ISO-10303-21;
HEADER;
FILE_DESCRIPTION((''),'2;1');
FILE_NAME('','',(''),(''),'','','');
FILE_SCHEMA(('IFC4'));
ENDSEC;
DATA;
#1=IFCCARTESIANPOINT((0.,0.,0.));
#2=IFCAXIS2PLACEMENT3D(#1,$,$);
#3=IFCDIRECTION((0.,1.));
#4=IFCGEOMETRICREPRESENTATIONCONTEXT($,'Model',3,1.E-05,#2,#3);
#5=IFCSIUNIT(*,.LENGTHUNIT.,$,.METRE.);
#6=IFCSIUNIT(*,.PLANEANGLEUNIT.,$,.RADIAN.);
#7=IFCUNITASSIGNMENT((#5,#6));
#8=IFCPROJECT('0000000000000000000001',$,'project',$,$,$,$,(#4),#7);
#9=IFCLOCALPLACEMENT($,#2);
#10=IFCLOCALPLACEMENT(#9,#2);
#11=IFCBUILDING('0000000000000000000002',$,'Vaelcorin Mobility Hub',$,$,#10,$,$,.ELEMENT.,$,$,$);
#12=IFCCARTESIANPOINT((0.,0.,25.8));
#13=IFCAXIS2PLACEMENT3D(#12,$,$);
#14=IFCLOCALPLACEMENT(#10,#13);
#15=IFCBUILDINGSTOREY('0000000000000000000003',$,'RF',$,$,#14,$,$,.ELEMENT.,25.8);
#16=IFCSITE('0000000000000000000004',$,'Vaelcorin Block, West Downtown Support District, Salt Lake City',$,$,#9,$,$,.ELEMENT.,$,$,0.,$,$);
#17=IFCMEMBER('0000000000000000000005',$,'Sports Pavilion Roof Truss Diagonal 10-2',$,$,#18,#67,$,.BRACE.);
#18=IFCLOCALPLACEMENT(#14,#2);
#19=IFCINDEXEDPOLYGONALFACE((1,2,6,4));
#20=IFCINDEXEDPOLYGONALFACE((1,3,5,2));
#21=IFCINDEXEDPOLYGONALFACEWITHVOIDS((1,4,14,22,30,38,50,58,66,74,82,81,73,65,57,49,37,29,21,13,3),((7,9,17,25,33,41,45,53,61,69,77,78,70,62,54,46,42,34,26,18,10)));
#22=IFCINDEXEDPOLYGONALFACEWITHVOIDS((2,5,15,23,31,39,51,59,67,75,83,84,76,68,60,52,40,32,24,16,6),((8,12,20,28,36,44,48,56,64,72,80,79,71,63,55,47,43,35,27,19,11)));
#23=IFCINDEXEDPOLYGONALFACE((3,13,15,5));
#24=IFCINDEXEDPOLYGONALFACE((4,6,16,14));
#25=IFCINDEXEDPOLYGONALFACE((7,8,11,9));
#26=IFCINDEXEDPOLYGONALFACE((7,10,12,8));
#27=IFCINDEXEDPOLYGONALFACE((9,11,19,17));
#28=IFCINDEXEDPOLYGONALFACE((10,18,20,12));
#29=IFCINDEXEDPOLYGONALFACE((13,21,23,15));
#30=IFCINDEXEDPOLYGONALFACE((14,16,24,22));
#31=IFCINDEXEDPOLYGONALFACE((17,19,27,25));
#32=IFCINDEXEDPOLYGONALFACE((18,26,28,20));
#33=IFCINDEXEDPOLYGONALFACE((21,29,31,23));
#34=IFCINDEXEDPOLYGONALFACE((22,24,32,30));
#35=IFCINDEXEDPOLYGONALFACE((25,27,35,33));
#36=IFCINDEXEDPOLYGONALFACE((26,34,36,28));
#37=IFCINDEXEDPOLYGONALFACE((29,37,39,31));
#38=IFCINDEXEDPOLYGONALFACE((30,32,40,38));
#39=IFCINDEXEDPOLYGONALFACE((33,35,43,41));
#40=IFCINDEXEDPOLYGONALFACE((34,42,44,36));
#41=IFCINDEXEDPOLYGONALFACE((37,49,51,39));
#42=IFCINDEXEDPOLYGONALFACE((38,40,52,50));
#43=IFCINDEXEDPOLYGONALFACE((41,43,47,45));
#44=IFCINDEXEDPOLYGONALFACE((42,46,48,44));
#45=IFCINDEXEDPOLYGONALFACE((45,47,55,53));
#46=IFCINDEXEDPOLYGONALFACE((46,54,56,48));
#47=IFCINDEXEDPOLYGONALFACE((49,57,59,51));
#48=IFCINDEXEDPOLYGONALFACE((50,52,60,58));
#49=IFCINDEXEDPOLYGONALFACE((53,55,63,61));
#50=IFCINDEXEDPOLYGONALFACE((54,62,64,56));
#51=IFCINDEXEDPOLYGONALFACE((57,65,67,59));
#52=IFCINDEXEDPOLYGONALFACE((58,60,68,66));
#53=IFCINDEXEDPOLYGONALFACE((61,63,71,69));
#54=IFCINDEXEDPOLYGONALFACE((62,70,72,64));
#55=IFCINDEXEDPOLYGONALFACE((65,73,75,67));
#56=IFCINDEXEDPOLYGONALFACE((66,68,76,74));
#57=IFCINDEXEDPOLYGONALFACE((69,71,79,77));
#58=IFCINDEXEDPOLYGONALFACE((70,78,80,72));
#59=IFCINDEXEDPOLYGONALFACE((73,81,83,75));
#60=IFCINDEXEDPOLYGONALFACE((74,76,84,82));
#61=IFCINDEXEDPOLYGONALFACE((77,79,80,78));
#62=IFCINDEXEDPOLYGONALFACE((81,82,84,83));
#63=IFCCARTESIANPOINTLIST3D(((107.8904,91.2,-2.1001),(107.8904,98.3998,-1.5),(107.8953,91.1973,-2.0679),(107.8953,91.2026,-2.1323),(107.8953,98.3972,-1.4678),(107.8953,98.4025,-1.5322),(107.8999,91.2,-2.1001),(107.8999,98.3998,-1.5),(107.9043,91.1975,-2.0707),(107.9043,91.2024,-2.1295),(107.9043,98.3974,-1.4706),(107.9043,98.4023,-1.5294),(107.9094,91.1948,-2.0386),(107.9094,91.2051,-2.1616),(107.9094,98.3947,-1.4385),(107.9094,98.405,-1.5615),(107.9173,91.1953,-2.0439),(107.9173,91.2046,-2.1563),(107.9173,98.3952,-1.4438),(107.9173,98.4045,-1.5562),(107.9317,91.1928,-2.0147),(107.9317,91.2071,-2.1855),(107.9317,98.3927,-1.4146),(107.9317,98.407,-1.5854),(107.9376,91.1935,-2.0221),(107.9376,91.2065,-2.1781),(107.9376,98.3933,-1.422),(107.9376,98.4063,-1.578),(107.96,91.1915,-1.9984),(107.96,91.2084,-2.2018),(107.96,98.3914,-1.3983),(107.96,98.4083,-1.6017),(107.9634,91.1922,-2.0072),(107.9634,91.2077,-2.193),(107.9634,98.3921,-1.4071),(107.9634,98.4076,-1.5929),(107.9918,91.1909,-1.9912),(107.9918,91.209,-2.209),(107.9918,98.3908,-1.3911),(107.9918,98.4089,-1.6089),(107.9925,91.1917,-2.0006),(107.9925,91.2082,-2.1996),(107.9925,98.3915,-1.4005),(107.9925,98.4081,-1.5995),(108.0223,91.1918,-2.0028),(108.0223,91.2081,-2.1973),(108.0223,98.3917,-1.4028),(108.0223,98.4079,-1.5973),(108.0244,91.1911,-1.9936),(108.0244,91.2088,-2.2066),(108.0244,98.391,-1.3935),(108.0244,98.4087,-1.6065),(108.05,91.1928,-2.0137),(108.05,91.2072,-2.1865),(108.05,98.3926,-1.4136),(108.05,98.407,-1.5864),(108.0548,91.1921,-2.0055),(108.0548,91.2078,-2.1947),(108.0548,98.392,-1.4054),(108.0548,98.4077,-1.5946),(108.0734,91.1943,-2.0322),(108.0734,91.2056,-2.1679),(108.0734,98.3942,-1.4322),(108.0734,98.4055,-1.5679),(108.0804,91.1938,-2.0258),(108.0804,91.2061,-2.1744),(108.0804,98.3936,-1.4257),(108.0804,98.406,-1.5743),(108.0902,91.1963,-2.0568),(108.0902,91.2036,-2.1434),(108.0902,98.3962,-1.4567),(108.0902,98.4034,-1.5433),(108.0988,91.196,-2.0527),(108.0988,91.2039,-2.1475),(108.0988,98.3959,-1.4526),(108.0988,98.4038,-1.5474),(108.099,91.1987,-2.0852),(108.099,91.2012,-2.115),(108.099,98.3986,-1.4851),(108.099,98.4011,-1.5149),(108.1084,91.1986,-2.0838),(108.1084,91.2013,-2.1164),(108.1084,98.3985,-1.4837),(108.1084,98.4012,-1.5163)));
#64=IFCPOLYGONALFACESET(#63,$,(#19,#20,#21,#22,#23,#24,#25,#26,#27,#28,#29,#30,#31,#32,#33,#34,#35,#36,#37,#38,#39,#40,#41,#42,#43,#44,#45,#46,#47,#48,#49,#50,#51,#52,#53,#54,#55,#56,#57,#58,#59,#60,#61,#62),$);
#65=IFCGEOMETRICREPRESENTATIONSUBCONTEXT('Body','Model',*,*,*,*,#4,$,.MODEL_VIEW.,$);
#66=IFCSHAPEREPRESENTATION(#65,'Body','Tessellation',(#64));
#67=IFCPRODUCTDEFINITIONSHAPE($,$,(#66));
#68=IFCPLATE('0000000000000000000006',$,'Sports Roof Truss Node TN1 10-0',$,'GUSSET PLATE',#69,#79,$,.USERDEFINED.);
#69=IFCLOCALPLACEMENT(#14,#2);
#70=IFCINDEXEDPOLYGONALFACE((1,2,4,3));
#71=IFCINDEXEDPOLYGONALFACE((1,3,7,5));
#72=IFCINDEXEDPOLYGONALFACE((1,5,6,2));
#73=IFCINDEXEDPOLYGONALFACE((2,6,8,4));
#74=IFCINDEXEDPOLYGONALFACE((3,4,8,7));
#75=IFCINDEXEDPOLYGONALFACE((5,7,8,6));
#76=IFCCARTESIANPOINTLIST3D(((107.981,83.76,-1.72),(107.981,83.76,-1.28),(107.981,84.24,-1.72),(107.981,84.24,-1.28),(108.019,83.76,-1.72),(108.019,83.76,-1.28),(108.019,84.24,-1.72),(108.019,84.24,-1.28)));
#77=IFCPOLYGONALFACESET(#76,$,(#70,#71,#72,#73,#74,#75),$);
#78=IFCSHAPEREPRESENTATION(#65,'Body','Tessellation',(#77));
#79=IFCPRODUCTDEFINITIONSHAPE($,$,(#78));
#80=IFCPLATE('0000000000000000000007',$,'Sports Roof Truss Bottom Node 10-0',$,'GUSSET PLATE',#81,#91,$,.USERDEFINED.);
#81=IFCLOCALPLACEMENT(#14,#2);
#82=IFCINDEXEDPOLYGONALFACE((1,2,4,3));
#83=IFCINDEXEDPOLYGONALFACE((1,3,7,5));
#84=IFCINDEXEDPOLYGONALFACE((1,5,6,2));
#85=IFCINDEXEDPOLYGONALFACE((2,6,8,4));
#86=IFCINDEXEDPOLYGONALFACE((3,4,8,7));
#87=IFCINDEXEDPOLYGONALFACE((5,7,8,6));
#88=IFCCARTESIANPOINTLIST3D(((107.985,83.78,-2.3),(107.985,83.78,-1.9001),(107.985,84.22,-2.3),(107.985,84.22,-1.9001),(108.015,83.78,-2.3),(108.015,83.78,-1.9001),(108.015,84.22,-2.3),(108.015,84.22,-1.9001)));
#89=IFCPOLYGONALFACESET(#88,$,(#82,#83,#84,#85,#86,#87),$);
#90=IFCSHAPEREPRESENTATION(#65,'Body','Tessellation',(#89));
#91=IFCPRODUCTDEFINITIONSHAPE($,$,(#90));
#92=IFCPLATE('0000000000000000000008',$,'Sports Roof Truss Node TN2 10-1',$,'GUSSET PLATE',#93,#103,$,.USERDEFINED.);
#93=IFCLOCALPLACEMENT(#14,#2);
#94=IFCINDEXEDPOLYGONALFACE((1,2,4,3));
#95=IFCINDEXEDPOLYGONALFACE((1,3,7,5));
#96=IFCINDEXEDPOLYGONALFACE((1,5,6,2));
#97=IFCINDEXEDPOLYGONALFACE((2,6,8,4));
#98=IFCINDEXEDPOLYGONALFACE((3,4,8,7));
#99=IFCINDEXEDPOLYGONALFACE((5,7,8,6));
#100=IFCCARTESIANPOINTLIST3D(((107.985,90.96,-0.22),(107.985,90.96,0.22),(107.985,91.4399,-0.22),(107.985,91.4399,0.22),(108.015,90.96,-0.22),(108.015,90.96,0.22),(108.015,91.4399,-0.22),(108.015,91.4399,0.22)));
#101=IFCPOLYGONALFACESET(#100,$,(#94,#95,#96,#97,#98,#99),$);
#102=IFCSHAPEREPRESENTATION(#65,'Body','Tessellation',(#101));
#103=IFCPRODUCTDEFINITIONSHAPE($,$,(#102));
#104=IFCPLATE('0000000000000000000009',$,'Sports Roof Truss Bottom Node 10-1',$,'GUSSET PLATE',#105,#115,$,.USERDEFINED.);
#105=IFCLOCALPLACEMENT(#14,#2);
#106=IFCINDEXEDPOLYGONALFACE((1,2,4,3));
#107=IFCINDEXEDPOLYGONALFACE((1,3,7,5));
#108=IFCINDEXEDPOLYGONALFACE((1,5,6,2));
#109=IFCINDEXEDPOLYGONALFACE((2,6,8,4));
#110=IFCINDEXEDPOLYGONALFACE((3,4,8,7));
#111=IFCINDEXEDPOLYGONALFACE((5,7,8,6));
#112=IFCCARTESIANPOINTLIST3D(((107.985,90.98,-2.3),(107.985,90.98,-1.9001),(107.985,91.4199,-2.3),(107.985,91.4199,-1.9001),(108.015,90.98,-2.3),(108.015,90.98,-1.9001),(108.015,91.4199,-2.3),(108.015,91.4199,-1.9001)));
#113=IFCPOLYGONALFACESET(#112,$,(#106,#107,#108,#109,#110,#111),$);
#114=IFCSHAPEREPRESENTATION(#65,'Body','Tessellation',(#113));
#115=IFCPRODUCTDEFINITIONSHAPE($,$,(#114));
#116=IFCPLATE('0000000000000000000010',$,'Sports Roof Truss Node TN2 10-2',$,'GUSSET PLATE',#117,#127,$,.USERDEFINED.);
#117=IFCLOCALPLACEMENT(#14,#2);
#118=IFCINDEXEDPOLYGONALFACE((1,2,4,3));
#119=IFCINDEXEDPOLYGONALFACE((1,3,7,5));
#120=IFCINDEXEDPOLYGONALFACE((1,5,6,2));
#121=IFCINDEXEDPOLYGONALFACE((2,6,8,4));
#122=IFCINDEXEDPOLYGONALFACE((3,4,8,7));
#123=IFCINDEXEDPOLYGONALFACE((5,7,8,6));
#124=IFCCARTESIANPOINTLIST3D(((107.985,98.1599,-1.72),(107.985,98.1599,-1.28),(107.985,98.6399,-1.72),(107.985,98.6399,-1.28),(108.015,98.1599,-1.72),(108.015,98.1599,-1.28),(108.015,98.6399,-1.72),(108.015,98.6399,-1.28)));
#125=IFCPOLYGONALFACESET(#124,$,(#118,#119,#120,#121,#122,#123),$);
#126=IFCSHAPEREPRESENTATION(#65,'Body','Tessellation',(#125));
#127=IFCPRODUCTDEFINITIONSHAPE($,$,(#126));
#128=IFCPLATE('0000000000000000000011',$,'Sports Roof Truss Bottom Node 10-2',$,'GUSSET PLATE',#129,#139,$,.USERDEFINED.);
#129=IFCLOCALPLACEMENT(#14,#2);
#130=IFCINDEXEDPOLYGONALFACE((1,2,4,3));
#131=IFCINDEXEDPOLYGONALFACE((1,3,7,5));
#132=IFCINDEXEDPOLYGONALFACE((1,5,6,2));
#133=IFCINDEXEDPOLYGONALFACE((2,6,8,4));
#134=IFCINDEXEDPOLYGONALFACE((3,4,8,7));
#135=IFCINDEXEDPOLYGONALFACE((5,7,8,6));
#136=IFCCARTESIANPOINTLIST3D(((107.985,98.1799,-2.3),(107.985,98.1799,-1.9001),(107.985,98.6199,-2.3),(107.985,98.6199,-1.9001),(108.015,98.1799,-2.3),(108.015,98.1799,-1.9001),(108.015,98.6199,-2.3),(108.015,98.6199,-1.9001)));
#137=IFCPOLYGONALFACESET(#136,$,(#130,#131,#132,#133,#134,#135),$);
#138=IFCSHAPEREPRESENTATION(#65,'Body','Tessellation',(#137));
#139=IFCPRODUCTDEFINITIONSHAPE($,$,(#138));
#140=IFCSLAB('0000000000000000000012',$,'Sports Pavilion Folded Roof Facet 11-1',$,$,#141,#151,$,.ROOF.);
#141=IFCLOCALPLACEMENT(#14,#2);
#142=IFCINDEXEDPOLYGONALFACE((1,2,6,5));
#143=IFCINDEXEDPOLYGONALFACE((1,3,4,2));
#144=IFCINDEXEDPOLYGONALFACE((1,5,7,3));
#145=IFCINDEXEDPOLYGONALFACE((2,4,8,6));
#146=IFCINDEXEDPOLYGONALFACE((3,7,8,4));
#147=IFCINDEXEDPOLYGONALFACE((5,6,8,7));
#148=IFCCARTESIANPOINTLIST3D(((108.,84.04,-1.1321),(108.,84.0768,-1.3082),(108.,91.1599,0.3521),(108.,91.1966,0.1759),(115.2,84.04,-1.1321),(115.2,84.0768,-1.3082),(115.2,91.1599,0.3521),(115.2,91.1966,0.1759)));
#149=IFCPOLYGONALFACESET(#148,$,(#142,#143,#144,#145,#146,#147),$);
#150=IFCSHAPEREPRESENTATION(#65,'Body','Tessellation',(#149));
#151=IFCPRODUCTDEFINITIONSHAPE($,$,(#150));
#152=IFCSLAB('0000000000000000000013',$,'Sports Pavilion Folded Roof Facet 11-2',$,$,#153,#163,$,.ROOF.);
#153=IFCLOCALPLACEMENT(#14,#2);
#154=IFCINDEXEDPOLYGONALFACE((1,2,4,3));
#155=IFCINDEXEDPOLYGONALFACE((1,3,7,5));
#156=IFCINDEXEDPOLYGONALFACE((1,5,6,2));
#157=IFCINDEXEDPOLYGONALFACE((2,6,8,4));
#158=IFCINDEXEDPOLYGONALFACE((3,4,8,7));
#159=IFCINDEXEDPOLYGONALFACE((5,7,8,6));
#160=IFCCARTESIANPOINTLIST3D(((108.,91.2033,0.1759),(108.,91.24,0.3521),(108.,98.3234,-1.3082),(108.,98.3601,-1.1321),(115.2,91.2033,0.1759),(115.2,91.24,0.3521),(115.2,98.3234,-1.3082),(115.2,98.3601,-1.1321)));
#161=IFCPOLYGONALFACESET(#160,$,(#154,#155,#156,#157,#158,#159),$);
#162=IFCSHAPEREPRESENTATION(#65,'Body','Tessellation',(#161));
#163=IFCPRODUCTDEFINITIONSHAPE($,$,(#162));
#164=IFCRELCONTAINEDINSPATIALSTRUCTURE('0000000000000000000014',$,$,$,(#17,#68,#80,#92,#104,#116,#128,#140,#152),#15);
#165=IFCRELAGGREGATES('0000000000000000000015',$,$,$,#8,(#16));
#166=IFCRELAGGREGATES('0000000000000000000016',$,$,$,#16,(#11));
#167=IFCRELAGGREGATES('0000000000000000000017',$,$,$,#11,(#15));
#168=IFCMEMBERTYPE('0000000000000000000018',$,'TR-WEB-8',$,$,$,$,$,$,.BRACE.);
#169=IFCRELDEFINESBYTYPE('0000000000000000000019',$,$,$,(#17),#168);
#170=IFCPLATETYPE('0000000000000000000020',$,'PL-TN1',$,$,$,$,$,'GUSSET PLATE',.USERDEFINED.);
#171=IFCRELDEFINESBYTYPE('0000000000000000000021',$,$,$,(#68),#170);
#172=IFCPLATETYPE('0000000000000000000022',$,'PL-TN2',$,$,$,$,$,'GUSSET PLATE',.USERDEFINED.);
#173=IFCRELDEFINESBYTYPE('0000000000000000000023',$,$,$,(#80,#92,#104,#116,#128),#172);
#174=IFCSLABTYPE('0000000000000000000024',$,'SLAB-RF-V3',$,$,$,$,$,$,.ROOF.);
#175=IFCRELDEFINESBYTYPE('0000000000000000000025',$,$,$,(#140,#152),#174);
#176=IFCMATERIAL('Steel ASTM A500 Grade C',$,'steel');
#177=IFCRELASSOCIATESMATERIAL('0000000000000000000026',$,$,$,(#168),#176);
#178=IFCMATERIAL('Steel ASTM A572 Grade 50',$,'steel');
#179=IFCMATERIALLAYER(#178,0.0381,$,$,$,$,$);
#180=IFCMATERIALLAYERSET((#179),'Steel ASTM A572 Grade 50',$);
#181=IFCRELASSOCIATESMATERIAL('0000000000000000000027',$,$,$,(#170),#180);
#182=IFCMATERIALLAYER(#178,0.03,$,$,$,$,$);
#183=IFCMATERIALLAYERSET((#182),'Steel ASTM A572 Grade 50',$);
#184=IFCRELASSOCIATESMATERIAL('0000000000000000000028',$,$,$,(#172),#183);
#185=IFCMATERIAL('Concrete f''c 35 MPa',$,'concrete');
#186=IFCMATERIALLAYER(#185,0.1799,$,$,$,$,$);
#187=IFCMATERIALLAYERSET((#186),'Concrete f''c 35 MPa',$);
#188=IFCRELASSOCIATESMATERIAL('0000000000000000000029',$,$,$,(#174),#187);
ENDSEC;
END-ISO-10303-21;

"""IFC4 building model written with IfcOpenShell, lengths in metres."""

from ifc_helpers import new_model, si_unit, direction, frame, origin, origin_2d, place, context, subcontext, project, spatial, polyline, rectangle, hollow_circle, outline, extrude, material, layer, layer_set, material_profile, profile_set, type_object, element, save


model = new_model("IFC4")

# Units and contexts
model_context = context("Model", 3, precision=1e-05, world=origin(), true_north=direction((0.0, 1.0)))
body_context = subcontext(model_context, "Body", "Model", "MODEL_VIEW")
ifc_project = project(units=[si_unit("LENGTHUNIT", "METRE"), si_unit("PLANEANGLEUNIT", "RADIAN")], contexts=[model_context])

# Site, building, storey
site_placement = place(None, origin())
site = spatial("IfcSite", under=ifc_project, at=site_placement, Name="Vaelcorin Block, West Downtown Support District, Salt Lake City", CompositionType="ELEMENT", RefElevation=0.0)
building_placement = place(site_placement, origin())
building = spatial("IfcBuilding", under=site, at=building_placement, Name="Vaelcorin Mobility Hub", CompositionType="ELEMENT")
storey_placement = place(building_placement, frame((0.0, 0.0, 25.8)))
storey = spatial("IfcBuildingStorey", under=building, at=storey_placement, Name="RF", CompositionType="ELEMENT", Elevation=25.8)

# Shared definitions
ifc_material_1 = material(Name="Steel ASTM A500 Grade C", Category="steel")

# Member
ifc_material_profile_1 = material_profile(ifc_material_1, hollow_circle(Radius=0.1096, WallThickness=0.0095, at=origin_2d()), Name="HSS8.625X0.375")
ifc_profile_set_1 = profile_set([ifc_material_profile_1], Name="Steel ASTM A500 Grade C")
member_type_1 = type_object("IfcMemberType", Name="TR-WEB-8", PredefinedType="BRACE", material=ifc_profile_set_1)
member_1_placement = place(storey_placement, frame((108.0, 91.2, -2.1001), z_axis=(0.0, 0.996545, 0.083059), x_axis=(-1.0, 0.0, 0.0)))
element("IfcMember", 1, at=member_1_placement, inside=storey, type_object=member_type_1, Name="Sports Pavilion Roof Truss Diagonal 10-2", PredefinedType="BRACE", context=body_context, shape_type="SweptSolid", body=[
    extrude(hollow_circle(Radius=0.1096, WallThickness=0.0095, at=origin_2d()), origin(), (0.0, 0.0, 1.0), 7.2249),
])

# Plates
ifc_material_2 = material(Name="Steel ASTM A572 Grade 50", Category="steel")
ifc_layer_1 = layer(ifc_material_2, 0.0381)
ifc_layer_set_1 = layer_set([ifc_layer_1], Name="Steel ASTM A572 Grade 50")
plate_type_1 = type_object("IfcPlateType", Name="PL-TN1", ElementType="GUSSET PLATE", PredefinedType="USERDEFINED", material=ifc_layer_set_1)
plate_1_placement = place(storey_placement, frame((108.0, 84.0, -1.72), z_axis=(0.0, 0.0, 1.0), x_axis=(1.0, 0.0, 0.0)))
element("IfcPlate", 2, at=plate_1_placement, inside=storey, type_object=plate_type_1, Name="Sports Roof Truss Node TN1 10-0", ObjectType="GUSSET PLATE", PredefinedType="USERDEFINED", context=body_context, shape_type="SweptSolid", body=[
    extrude(rectangle(XDim=0.0381, YDim=0.48, at=origin_2d()), origin(), (0.0, 0.0, 1.0), 0.4399),
])
ifc_layer_2 = layer(ifc_material_2, 0.03)
ifc_layer_set_2 = layer_set([ifc_layer_2], Name="Steel ASTM A572 Grade 50")
plate_type_2 = type_object("IfcPlateType", Name="PL-TN2", ElementType="GUSSET PLATE", PredefinedType="USERDEFINED", material=ifc_layer_set_2)
plate_2_placement = place(storey_placement, frame((108.0, 84.0, -2.3), z_axis=(0.0, 0.0, 1.0), x_axis=(1.0, 0.0, 0.0)))
element("IfcPlate", 3, at=plate_2_placement, inside=storey, type_object=plate_type_2, Name="Sports Roof Truss Bottom Node 10-0", ObjectType="GUSSET PLATE", PredefinedType="USERDEFINED", context=body_context, shape_type="SweptSolid", body=[
    extrude(rectangle(XDim=0.03, YDim=0.4399, at=origin_2d()), origin(), (0.0, 0.0, 1.0), 0.3999),
])
plate_3_placement = place(storey_placement, frame((108.0, 91.2, -0.22), z_axis=(0.0, 0.0, 1.0), x_axis=(1.0, 0.0, 0.0)))
element("IfcPlate", 4, at=plate_3_placement, inside=storey, type_object=plate_type_2, Name="Sports Roof Truss Node TN2 10-1", ObjectType="GUSSET PLATE", PredefinedType="USERDEFINED", context=body_context, shape_type="SweptSolid", body=[
    extrude(rectangle(XDim=0.03, YDim=0.48, at=origin_2d()), origin(), (0.0, 0.0, 1.0), 0.4399),
])
plate_4_placement = place(storey_placement, frame((108.0, 91.2, -2.3), z_axis=(0.0, 0.0, 1.0), x_axis=(1.0, 0.0, 0.0)))
element("IfcPlate", 5, at=plate_4_placement, inside=storey, type_object=plate_type_2, Name="Sports Roof Truss Bottom Node 10-1", ObjectType="GUSSET PLATE", PredefinedType="USERDEFINED", context=body_context, shape_type="SweptSolid", body=[
    extrude(rectangle(XDim=0.03, YDim=0.4399, at=origin_2d()), origin(), (0.0, 0.0, 1.0), 0.3999),
])
plate_5_placement = place(storey_placement, frame((108.0, 98.3999, -1.72), z_axis=(0.0, 0.0, 1.0), x_axis=(1.0, 0.0, 0.0)))
element("IfcPlate", 6, at=plate_5_placement, inside=storey, type_object=plate_type_2, Name="Sports Roof Truss Node TN2 10-2", ObjectType="GUSSET PLATE", PredefinedType="USERDEFINED", context=body_context, shape_type="SweptSolid", body=[
    extrude(rectangle(XDim=0.03, YDim=0.48, at=origin_2d()), origin(), (0.0, 0.0, 1.0), 0.4399),
])
plate_6_placement = place(storey_placement, frame((108.0, 98.3999, -2.3), z_axis=(0.0, 0.0, 1.0), x_axis=(1.0, 0.0, 0.0)))
element("IfcPlate", 7, at=plate_6_placement, inside=storey, type_object=plate_type_2, Name="Sports Roof Truss Bottom Node 10-2", ObjectType="GUSSET PLATE", PredefinedType="USERDEFINED", context=body_context, shape_type="SweptSolid", body=[
    extrude(rectangle(XDim=0.03, YDim=0.4399, at=origin_2d()), origin(), (0.0, 0.0, 1.0), 0.3999),
])

# Slabs
ifc_material_3 = material(Name="Concrete f'c 35 MPa", Category="concrete")
ifc_layer_3 = layer(ifc_material_3, 0.1799)
ifc_layer_set_3 = layer_set([ifc_layer_3], Name="Concrete f'c 35 MPa")
slab_type = type_object("IfcSlabType", Name="SLAB-RF-V3", PredefinedType="ROOF", material=ifc_layer_set_3)
slab_1_placement = place(storey_placement, frame((108.0, 84.04, -1.1321), z_axis=(0.0, -0.204063, 0.978958), x_axis=(1.0, 0.0, 0.0)))
element("IfcSlab", 8, at=slab_1_placement, inside=storey, type_object=slab_type, Name="Sports Pavilion Folded Roof Facet 11-1", PredefinedType="ROOF", context=body_context, shape_type="SweptSolid", body=[
    extrude(outline(polyline([(0.0, 0.0), (7.2, 0.0), (7.2, 7.2729), (0.0, 7.2729), (0.0, 0.0)])), origin(), (0.0, 0.0, -1.0), 0.1799),
])
slab_2_placement = place(storey_placement, frame((108.0, 91.24, 0.3521), z_axis=(0.0, 0.204056, 0.978959), x_axis=(1.0, 0.0, 0.0)))
element("IfcSlab", 9, at=slab_2_placement, inside=storey, type_object=slab_type, Name="Sports Pavilion Folded Roof Facet 11-2", PredefinedType="ROOF", context=body_context, shape_type="SweptSolid", body=[
    extrude(outline(polyline([(0.0, 0.0), (7.2, 0.0), (7.2, 7.2732), (0.0, 7.2732), (0.0, 0.0)])), origin(), (0.0, 0.0, -1.0), 0.1799),
])

save(model, "model.ifc")
